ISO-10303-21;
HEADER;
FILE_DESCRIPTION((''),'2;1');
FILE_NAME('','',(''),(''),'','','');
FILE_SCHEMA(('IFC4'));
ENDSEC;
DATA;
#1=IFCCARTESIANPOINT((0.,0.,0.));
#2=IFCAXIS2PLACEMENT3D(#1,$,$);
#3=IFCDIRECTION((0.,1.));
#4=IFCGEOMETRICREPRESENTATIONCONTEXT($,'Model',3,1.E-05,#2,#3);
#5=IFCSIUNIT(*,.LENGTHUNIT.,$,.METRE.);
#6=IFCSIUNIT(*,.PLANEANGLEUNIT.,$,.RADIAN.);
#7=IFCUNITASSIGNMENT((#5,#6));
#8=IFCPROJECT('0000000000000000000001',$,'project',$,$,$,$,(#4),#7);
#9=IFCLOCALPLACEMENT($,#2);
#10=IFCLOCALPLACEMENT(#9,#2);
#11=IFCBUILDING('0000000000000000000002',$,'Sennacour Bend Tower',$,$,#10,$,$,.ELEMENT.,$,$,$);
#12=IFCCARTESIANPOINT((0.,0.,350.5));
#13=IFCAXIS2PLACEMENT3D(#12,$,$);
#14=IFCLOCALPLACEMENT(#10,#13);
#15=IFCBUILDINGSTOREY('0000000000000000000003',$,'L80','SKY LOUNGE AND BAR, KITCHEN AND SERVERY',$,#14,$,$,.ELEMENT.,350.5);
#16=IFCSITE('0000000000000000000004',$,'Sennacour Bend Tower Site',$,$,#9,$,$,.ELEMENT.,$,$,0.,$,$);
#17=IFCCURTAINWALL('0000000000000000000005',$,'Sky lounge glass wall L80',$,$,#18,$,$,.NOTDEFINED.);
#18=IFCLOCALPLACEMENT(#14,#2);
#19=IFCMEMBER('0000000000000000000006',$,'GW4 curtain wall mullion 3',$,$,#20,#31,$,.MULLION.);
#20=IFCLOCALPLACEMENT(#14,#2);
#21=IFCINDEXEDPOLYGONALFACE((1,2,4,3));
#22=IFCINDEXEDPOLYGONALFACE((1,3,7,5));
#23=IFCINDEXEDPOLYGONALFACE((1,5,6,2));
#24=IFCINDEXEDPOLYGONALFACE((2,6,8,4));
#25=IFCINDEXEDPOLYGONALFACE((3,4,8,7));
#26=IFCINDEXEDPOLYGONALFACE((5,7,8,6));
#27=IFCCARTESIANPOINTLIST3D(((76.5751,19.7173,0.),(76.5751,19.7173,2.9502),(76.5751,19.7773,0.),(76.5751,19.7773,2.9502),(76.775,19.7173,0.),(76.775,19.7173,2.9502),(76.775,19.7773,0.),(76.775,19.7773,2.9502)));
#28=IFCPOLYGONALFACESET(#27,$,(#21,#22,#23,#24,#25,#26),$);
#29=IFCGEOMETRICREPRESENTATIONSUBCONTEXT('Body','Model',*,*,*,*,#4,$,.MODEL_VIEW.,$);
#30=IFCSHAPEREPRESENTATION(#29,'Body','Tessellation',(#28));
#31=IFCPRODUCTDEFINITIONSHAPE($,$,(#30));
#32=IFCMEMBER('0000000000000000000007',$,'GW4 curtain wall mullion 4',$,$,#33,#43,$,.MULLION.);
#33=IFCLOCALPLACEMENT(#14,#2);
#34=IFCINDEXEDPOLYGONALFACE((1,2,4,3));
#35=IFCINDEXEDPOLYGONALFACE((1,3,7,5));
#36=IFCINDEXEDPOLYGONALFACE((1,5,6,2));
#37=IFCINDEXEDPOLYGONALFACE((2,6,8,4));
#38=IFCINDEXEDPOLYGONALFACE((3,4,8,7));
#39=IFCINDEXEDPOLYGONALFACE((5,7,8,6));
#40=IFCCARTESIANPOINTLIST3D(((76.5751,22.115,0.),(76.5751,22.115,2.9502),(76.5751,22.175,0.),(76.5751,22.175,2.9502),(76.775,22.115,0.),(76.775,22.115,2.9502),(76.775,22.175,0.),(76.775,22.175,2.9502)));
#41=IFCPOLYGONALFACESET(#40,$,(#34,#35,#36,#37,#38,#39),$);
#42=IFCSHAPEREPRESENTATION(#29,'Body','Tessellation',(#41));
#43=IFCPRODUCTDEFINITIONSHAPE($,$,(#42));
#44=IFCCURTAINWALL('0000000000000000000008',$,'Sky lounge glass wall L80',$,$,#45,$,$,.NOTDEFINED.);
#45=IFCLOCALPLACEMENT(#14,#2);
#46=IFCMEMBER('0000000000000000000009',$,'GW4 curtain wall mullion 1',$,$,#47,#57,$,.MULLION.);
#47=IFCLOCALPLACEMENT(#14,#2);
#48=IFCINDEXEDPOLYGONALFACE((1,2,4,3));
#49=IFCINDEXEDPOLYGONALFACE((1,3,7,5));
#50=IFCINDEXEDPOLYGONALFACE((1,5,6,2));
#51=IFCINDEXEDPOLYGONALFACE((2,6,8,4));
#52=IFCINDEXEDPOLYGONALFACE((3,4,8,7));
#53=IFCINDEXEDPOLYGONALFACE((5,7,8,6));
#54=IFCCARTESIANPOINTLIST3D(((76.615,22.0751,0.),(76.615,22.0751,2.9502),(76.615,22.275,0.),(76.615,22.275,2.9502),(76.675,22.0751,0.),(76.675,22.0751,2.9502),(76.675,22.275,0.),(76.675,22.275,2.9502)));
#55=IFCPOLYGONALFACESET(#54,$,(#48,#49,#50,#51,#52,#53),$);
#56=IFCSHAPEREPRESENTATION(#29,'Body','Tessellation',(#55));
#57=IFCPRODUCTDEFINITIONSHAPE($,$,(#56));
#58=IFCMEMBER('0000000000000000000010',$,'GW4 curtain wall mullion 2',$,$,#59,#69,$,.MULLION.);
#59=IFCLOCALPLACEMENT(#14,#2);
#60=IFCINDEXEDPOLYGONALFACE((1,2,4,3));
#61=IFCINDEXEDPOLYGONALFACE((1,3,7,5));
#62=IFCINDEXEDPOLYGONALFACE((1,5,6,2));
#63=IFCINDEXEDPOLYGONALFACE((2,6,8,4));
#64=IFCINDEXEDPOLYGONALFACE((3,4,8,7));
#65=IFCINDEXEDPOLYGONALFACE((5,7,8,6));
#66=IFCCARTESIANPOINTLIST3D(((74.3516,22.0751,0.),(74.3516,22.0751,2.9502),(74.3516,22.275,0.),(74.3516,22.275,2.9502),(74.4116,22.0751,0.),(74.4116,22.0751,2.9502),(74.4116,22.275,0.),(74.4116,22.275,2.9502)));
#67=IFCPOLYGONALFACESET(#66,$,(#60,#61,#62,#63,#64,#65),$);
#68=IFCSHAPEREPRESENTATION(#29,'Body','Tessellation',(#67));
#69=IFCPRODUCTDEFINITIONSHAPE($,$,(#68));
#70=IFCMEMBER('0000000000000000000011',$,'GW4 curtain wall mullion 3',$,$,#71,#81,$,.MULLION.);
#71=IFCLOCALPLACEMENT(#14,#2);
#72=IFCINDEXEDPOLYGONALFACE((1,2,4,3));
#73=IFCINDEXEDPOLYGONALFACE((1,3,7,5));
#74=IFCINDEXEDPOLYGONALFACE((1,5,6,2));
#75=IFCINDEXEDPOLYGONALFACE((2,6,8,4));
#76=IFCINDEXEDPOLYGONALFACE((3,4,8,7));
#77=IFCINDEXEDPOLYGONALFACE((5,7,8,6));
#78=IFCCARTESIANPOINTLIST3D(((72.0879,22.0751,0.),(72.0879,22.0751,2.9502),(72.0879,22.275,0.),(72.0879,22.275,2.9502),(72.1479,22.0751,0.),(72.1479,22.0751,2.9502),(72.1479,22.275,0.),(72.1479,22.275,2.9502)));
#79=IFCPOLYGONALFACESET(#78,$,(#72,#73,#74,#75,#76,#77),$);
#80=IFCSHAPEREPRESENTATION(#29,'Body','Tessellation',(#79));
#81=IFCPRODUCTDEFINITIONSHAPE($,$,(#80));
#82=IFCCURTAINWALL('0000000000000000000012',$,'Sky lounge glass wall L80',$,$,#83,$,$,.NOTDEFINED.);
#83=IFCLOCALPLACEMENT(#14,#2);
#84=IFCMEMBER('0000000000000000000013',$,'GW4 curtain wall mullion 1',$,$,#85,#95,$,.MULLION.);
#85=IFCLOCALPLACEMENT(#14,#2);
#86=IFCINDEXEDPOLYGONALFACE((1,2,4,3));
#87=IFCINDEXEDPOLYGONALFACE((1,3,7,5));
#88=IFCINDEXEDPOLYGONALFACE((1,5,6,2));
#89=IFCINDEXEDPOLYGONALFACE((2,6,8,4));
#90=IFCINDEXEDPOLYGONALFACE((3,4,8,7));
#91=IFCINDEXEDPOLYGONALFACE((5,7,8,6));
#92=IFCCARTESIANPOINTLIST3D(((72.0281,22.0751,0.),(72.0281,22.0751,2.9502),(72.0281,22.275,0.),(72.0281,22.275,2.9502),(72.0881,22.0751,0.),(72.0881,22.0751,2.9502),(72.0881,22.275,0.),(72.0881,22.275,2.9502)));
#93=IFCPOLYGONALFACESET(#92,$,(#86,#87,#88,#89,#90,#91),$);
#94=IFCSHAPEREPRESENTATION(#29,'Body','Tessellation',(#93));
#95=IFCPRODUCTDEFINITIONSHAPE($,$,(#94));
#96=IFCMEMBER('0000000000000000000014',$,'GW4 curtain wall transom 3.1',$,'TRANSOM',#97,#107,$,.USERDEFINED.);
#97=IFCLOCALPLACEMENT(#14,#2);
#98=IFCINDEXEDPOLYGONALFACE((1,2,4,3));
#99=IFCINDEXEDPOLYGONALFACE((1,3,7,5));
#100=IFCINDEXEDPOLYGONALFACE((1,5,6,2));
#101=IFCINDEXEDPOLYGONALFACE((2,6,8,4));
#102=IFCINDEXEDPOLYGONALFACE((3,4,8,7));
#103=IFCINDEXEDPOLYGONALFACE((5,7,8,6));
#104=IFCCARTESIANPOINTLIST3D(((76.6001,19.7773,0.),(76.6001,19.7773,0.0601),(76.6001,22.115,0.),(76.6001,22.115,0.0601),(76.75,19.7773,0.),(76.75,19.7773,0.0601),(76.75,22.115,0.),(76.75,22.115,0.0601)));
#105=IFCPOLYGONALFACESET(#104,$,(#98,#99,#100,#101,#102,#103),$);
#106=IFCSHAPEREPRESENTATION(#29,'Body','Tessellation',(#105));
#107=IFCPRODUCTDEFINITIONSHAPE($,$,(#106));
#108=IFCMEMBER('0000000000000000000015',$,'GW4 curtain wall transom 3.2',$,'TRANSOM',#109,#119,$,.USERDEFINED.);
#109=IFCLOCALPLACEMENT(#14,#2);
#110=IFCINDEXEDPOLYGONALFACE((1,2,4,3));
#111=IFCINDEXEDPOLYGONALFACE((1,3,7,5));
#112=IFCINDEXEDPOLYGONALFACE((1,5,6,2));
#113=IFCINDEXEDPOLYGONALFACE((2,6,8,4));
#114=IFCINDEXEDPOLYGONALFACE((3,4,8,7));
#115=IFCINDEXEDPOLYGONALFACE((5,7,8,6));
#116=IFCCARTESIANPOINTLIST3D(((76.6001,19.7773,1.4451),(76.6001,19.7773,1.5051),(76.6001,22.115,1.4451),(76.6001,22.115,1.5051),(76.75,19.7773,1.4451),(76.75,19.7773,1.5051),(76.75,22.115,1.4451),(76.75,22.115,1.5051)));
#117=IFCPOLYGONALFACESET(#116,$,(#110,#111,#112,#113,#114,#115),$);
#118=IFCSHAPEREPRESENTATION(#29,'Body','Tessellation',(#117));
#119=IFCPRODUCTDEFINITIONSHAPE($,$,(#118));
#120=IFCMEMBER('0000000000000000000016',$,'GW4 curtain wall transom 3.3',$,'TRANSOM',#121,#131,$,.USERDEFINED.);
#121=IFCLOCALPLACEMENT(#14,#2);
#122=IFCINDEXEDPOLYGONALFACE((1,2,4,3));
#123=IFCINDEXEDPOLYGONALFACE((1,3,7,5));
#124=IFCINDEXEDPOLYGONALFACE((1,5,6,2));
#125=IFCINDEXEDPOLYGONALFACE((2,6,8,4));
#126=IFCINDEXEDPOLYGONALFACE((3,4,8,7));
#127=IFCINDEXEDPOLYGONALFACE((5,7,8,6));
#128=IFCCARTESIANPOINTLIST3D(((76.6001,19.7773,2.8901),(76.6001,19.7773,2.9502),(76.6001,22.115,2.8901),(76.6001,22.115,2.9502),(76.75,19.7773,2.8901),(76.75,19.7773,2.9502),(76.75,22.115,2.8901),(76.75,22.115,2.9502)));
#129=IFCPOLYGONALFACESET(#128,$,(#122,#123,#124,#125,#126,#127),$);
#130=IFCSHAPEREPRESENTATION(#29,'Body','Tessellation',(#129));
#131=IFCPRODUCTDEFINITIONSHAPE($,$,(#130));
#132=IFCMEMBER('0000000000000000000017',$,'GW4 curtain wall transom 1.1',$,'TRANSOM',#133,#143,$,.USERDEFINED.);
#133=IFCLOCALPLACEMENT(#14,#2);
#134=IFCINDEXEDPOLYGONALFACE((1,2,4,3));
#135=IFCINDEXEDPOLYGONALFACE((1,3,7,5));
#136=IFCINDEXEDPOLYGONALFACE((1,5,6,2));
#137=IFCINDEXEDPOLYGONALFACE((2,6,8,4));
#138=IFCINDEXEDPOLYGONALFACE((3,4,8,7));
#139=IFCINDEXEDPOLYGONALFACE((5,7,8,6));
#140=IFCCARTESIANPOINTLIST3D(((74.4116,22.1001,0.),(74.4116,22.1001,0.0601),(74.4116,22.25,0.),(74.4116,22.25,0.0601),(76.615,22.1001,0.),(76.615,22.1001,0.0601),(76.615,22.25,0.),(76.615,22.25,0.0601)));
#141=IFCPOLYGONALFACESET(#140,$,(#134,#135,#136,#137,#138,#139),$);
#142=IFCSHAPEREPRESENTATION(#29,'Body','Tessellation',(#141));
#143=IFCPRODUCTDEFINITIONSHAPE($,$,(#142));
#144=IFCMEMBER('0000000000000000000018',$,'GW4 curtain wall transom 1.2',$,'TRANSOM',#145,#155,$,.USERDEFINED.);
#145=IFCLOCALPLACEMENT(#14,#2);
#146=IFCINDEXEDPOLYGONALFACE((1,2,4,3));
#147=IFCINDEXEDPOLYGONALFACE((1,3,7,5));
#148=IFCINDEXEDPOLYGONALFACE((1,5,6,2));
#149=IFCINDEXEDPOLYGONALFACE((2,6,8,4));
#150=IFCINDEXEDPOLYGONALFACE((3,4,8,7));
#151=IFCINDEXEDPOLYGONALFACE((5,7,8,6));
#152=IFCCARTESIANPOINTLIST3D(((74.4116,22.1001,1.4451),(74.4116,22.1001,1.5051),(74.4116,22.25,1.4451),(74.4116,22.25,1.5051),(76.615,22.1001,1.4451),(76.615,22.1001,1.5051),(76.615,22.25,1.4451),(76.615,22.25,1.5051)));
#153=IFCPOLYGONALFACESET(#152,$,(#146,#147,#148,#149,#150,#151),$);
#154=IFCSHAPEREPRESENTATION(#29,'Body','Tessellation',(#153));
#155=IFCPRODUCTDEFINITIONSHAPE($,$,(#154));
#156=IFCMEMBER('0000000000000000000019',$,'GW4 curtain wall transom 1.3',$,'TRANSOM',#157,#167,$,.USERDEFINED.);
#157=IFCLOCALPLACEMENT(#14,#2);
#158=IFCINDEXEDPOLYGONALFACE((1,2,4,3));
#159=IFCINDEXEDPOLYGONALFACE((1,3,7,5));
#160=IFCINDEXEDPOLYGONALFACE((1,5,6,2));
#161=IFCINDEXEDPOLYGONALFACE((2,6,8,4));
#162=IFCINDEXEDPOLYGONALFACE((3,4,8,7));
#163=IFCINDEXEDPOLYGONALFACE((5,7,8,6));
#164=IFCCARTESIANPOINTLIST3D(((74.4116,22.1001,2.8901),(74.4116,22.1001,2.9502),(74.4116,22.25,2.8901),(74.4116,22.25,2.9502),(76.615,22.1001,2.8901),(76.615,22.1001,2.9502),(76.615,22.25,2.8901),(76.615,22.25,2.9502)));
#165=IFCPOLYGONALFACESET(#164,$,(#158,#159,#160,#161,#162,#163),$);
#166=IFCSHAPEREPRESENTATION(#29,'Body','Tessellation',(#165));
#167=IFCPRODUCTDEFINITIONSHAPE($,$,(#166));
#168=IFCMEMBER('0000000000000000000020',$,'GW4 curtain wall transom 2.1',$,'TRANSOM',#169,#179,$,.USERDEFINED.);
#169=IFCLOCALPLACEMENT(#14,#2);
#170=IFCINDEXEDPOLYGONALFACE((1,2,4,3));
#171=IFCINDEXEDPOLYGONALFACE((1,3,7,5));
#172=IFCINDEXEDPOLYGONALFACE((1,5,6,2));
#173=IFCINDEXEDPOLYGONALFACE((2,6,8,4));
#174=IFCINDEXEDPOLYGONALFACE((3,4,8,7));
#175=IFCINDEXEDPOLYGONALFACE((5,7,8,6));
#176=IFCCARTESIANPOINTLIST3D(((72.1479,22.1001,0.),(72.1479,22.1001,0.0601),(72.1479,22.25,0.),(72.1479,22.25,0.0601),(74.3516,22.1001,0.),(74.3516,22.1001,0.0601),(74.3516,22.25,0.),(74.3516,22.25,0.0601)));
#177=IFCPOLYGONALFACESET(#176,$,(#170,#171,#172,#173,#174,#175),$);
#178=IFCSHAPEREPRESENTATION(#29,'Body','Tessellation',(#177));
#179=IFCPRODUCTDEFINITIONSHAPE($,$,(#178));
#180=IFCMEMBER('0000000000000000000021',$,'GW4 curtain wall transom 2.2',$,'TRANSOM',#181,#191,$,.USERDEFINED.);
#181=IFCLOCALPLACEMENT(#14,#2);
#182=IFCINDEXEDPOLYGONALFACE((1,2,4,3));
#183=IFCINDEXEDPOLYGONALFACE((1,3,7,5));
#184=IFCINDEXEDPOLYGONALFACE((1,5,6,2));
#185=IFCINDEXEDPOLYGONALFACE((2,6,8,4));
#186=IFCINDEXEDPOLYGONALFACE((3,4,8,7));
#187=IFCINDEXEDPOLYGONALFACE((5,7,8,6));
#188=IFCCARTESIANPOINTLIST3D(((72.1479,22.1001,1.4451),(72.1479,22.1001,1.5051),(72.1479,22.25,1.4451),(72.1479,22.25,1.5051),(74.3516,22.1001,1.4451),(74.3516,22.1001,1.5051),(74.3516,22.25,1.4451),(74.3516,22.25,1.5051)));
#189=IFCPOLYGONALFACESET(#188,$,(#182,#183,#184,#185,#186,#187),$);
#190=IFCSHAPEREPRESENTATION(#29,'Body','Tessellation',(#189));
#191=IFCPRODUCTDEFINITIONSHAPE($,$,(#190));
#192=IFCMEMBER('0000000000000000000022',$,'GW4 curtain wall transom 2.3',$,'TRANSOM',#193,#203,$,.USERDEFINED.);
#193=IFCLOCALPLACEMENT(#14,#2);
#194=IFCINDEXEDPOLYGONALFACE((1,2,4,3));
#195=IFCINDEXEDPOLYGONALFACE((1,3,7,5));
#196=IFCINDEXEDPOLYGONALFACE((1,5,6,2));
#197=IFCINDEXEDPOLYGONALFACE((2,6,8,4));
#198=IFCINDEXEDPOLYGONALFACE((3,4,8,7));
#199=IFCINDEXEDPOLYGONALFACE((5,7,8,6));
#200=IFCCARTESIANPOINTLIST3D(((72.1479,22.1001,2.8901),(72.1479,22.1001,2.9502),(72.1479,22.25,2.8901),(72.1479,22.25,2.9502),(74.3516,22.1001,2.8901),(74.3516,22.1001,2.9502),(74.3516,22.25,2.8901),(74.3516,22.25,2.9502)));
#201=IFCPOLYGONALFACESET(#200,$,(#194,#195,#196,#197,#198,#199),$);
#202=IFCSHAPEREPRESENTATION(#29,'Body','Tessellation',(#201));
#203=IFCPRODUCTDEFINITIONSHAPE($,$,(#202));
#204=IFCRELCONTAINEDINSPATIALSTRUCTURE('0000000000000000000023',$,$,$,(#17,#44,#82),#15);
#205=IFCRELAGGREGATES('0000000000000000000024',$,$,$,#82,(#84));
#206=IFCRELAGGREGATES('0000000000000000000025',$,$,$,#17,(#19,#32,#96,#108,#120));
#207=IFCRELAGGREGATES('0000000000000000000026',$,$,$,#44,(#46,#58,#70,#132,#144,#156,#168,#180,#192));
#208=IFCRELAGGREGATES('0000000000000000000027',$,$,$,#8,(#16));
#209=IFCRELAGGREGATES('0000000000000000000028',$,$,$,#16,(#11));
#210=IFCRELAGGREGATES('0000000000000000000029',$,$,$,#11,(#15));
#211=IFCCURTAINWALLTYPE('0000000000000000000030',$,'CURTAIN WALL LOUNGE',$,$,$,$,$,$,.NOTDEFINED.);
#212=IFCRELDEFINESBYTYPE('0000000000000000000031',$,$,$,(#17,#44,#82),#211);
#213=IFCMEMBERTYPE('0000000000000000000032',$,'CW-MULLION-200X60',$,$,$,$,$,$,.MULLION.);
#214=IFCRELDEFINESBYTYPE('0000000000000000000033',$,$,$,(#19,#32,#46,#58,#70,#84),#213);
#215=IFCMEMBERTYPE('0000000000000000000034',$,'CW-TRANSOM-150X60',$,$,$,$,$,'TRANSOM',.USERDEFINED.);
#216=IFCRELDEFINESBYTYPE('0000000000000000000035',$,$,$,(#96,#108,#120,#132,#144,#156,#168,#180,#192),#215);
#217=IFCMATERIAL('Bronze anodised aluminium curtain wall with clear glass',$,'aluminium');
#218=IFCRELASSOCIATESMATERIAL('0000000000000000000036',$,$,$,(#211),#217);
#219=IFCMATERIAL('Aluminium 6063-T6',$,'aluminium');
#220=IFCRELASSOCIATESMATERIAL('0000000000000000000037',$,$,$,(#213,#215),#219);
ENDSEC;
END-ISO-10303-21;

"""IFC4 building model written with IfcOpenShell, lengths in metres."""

from ifc_helpers import new_model, si_unit, direction, frame, origin, origin_2d, place, context, subcontext, project, spatial, rectangle, extrude, material, material_profile, profile_set, type_object, element, aggregate, save


model = new_model("IFC4")

# Units and contexts
model_context = context("Model", 3, precision=1e-05, world=origin(), true_north=direction((0.0, 1.0)))
body_context = subcontext(model_context, "Body", "Model", "MODEL_VIEW")
ifc_project = project(units=[si_unit("LENGTHUNIT", "METRE"), si_unit("PLANEANGLEUNIT", "RADIAN")], contexts=[model_context])

# Site, building, storey
site_placement = place(None, origin())
site = spatial("IfcSite", under=ifc_project, at=site_placement, Name="Sennacour Bend Tower Site", CompositionType="ELEMENT", RefElevation=0.0)
building_placement = place(site_placement, origin())
building = spatial("IfcBuilding", under=site, at=building_placement, Name="Sennacour Bend Tower", CompositionType="ELEMENT")
storey_placement = place(building_placement, frame((0.0, 0.0, 350.5)))
storey = spatial("IfcBuildingStorey", under=building, at=storey_placement, Name="L80", Description="SKY LOUNGE AND BAR, KITCHEN AND SERVERY", CompositionType="ELEMENT", Elevation=350.5)

# Curtain walls, members
ifc_material_1 = material(Name="Bronze anodised aluminium curtain wall with clear glass", Category="aluminium")
curtain_wall_type = type_object("IfcCurtainWallType", Name="CURTAIN WALL LOUNGE", PredefinedType="NOTDEFINED", material=ifc_material_1)
curtain_wall_1_placement = place(storey_placement, origin())
curtain_wall_1 = element("IfcCurtainWall", 1, at=curtain_wall_1_placement, inside=storey, type_object=curtain_wall_type, Name="Sky lounge glass wall L80", PredefinedType="NOTDEFINED")
ifc_material_2 = material(Name="Aluminium 6063-T6", Category="aluminium")
ifc_material_profile_1 = material_profile(ifc_material_2, rectangle(XDim=0.2, YDim=0.0601, at=origin_2d()), Name="Aluminium 6063-T6", Category="aluminium")
ifc_profile_set_1 = profile_set([ifc_material_profile_1], Name="Aluminium 6063-T6")
member_type_1 = type_object("IfcMemberType", Name="CW-MULLION-200X60", PredefinedType="MULLION", material=ifc_profile_set_1)
member_1_placement = place(storey_placement, frame((76.675, 19.7473, 0.0), z_axis=(0.0, 0.0, 1.0), x_axis=(-1.0, 0.0, 0.0)))
member_1 = element("IfcMember", 2, at=member_1_placement, type_object=member_type_1, Name="GW4 curtain wall mullion 3", PredefinedType="MULLION", context=body_context, shape_type="SweptSolid", body=[
    extrude(rectangle(XDim=0.2, YDim=0.0601, at=origin_2d()), origin(), (0.0, 0.0, 1.0), 2.9502),
])
member_2_placement = place(storey_placement, frame((76.675, 22.145, 0.0), z_axis=(0.0, 0.0, 1.0), x_axis=(-1.0, 0.0, 0.0)))
member_2 = element("IfcMember", 3, at=member_2_placement, type_object=member_type_1, Name="GW4 curtain wall mullion 4", PredefinedType="MULLION", context=body_context, shape_type="SweptSolid", body=[
    extrude(rectangle(XDim=0.2, YDim=0.0601, at=origin_2d()), origin(), (0.0, 0.0, 1.0), 2.9502),
])
curtain_wall_2_placement = place(storey_placement, origin())
curtain_wall_2 = element("IfcCurtainWall", 4, at=curtain_wall_2_placement, inside=storey, type_object=curtain_wall_type, Name="Sky lounge glass wall L80", PredefinedType="NOTDEFINED")
member_3_placement = place(storey_placement, frame((76.645, 22.175, 0.0), z_axis=(0.0, 0.0, 1.0), x_axis=(0.0, -1.0, 0.0)))
member_3 = element("IfcMember", 5, at=member_3_placement, type_object=member_type_1, Name="GW4 curtain wall mullion 1", PredefinedType="MULLION", context=body_context, shape_type="SweptSolid", body=[
    extrude(rectangle(XDim=0.2, YDim=0.0601, at=origin_2d()), origin(), (0.0, 0.0, 1.0), 2.9502),
])
member_4_placement = place(storey_placement, frame((74.3816, 22.175, 0.0), z_axis=(0.0, 0.0, 1.0), x_axis=(0.0, -1.0, 0.0)))
member_4 = element("IfcMember", 6, at=member_4_placement, type_object=member_type_1, Name="GW4 curtain wall mullion 2", PredefinedType="MULLION", context=body_context, shape_type="SweptSolid", body=[
    extrude(rectangle(XDim=0.2, YDim=0.0601, at=origin_2d()), origin(), (0.0, 0.0, 1.0), 2.9502),
])
member_5_placement = place(storey_placement, frame((72.1179, 22.175, 0.0), z_axis=(0.0, 0.0, 1.0), x_axis=(0.0, -1.0, 0.0)))
member_5 = element("IfcMember", 7, at=member_5_placement, type_object=member_type_1, Name="GW4 curtain wall mullion 3", PredefinedType="MULLION", context=body_context, shape_type="SweptSolid", body=[
    extrude(rectangle(XDim=0.2, YDim=0.0601, at=origin_2d()), origin(), (0.0, 0.0, 1.0), 2.9502),
])

# Curtain wall, member
curtain_wall_3_placement = place(storey_placement, origin())
curtain_wall_3 = element("IfcCurtainWall", 8, at=curtain_wall_3_placement, inside=storey, type_object=curtain_wall_type, Name="Sky lounge glass wall L80", PredefinedType="NOTDEFINED")
member_6_placement = place(storey_placement, frame((72.0581, 22.175, 0.0), z_axis=(0.0, 0.0, 1.0), x_axis=(0.0, -1.0, 0.0)))
member_6 = element("IfcMember", 9, at=member_6_placement, type_object=member_type_1, Name="GW4 curtain wall mullion 1", PredefinedType="MULLION", context=body_context, shape_type="SweptSolid", body=[
    extrude(rectangle(XDim=0.2, YDim=0.0601, at=origin_2d()), origin(), (0.0, 0.0, 1.0), 2.9502),
])

# Members
ifc_material_profile_2 = material_profile(ifc_material_2, rectangle(XDim=0.1499, YDim=0.0601, at=origin_2d()), Name="Aluminium 6063-T6", Category="aluminium")
ifc_profile_set_2 = profile_set([ifc_material_profile_2], Name="Aluminium 6063-T6")
member_type_2 = type_object("IfcMemberType", Name="CW-TRANSOM-150X60", ElementType="TRANSOM", PredefinedType="USERDEFINED", material=ifc_profile_set_2)
member_7_placement = place(storey_placement, frame((76.675, 19.7773, 0.03), z_axis=(0.0, 1.0, 0.0), x_axis=(-1.0, 0.0, 0.0)))
member_7 = element("IfcMember", 10, at=member_7_placement, type_object=member_type_2, Name="GW4 curtain wall transom 3.1", ObjectType="TRANSOM", PredefinedType="USERDEFINED", context=body_context, shape_type="SweptSolid", body=[
    extrude(rectangle(XDim=0.1499, YDim=0.0601, at=origin_2d()), origin(), (0.0, 0.0, 1.0), 2.3376),
])
member_8_placement = place(storey_placement, frame((76.675, 19.7773, 1.4751), z_axis=(0.0, 1.0, 0.0), x_axis=(-1.0, 0.0, 0.0)))
member_8 = element("IfcMember", 11, at=member_8_placement, type_object=member_type_2, Name="GW4 curtain wall transom 3.2", ObjectType="TRANSOM", PredefinedType="USERDEFINED", context=body_context, shape_type="SweptSolid", body=[
    extrude(rectangle(XDim=0.1499, YDim=0.0601, at=origin_2d()), origin(), (0.0, 0.0, 1.0), 2.3376),
])
member_9_placement = place(storey_placement, frame((76.675, 19.7773, 2.9202), z_axis=(0.0, 1.0, 0.0), x_axis=(-1.0, 0.0, 0.0)))
member_9 = element("IfcMember", 12, at=member_9_placement, type_object=member_type_2, Name="GW4 curtain wall transom 3.3", ObjectType="TRANSOM", PredefinedType="USERDEFINED", context=body_context, shape_type="SweptSolid", body=[
    extrude(rectangle(XDim=0.1499, YDim=0.0601, at=origin_2d()), origin(), (0.0, 0.0, 1.0), 2.3376),
])
member_10_placement = place(storey_placement, frame((76.615, 22.175, 0.03), z_axis=(-1.0, 0.0, 0.0), x_axis=(0.0, -1.0, 0.0)))
member_10 = element("IfcMember", 13, at=member_10_placement, type_object=member_type_2, Name="GW4 curtain wall transom 1.1", ObjectType="TRANSOM", PredefinedType="USERDEFINED", context=body_context, shape_type="SweptSolid", body=[
    extrude(rectangle(XDim=0.1499, YDim=0.0601, at=origin_2d()), origin(), (0.0, 0.0, 1.0), 2.2034),
])
member_11_placement = place(storey_placement, frame((76.615, 22.175, 1.4751), z_axis=(-1.0, 0.0, 0.0), x_axis=(0.0, -1.0, 0.0)))
member_11 = element("IfcMember", 14, at=member_11_placement, type_object=member_type_2, Name="GW4 curtain wall transom 1.2", ObjectType="TRANSOM", PredefinedType="USERDEFINED", context=body_context, shape_type="SweptSolid", body=[
    extrude(rectangle(XDim=0.1499, YDim=0.0601, at=origin_2d()), origin(), (0.0, 0.0, 1.0), 2.2034),
])
member_12_placement = place(storey_placement, frame((76.615, 22.175, 2.9202), z_axis=(-1.0, 0.0, 0.0), x_axis=(0.0, -1.0, 0.0)))
member_12 = element("IfcMember", 15, at=member_12_placement, type_object=member_type_2, Name="GW4 curtain wall transom 1.3", ObjectType="TRANSOM", PredefinedType="USERDEFINED", context=body_context, shape_type="SweptSolid", body=[
    extrude(rectangle(XDim=0.1499, YDim=0.0601, at=origin_2d()), origin(), (0.0, 0.0, 1.0), 2.2034),
])
member_13_placement = place(storey_placement, frame((74.3516, 22.175, 0.03), z_axis=(-1.0, 0.0, 0.0), x_axis=(0.0, -1.0, 0.0)))
member_13 = element("IfcMember", 16, at=member_13_placement, type_object=member_type_2, Name="GW4 curtain wall transom 2.1", ObjectType="TRANSOM", PredefinedType="USERDEFINED", context=body_context, shape_type="SweptSolid", body=[
    extrude(rectangle(XDim=0.1499, YDim=0.0601, at=origin_2d()), origin(), (0.0, 0.0, 1.0), 2.2036),
])
member_14_placement = place(storey_placement, frame((74.3516, 22.175, 1.4751), z_axis=(-1.0, 0.0, 0.0), x_axis=(0.0, -1.0, 0.0)))
member_14 = element("IfcMember", 17, at=member_14_placement, type_object=member_type_2, Name="GW4 curtain wall transom 2.2", ObjectType="TRANSOM", PredefinedType="USERDEFINED", context=body_context, shape_type="SweptSolid", body=[
    extrude(rectangle(XDim=0.1499, YDim=0.0601, at=origin_2d()), origin(), (0.0, 0.0, 1.0), 2.2036),
])
member_15_placement = place(storey_placement, frame((74.3516, 22.175, 2.9202), z_axis=(-1.0, 0.0, 0.0), x_axis=(0.0, -1.0, 0.0)))
member_15 = element("IfcMember", 18, at=member_15_placement, type_object=member_type_2, Name="GW4 curtain wall transom 2.3", ObjectType="TRANSOM", PredefinedType="USERDEFINED", context=body_context, shape_type="SweptSolid", body=[
    extrude(rectangle(XDim=0.1499, YDim=0.0601, at=origin_2d()), origin(), (0.0, 0.0, 1.0), 2.2036),
])
aggregate(curtain_wall_3, [member_6])

aggregate(curtain_wall_1, [member_1, member_2, member_7, member_8, member_9])
aggregate(curtain_wall_2, [member_3, member_4, member_5, member_10, member_11, member_12, member_13, member_14, member_15])

save(model, "model.ifc")
